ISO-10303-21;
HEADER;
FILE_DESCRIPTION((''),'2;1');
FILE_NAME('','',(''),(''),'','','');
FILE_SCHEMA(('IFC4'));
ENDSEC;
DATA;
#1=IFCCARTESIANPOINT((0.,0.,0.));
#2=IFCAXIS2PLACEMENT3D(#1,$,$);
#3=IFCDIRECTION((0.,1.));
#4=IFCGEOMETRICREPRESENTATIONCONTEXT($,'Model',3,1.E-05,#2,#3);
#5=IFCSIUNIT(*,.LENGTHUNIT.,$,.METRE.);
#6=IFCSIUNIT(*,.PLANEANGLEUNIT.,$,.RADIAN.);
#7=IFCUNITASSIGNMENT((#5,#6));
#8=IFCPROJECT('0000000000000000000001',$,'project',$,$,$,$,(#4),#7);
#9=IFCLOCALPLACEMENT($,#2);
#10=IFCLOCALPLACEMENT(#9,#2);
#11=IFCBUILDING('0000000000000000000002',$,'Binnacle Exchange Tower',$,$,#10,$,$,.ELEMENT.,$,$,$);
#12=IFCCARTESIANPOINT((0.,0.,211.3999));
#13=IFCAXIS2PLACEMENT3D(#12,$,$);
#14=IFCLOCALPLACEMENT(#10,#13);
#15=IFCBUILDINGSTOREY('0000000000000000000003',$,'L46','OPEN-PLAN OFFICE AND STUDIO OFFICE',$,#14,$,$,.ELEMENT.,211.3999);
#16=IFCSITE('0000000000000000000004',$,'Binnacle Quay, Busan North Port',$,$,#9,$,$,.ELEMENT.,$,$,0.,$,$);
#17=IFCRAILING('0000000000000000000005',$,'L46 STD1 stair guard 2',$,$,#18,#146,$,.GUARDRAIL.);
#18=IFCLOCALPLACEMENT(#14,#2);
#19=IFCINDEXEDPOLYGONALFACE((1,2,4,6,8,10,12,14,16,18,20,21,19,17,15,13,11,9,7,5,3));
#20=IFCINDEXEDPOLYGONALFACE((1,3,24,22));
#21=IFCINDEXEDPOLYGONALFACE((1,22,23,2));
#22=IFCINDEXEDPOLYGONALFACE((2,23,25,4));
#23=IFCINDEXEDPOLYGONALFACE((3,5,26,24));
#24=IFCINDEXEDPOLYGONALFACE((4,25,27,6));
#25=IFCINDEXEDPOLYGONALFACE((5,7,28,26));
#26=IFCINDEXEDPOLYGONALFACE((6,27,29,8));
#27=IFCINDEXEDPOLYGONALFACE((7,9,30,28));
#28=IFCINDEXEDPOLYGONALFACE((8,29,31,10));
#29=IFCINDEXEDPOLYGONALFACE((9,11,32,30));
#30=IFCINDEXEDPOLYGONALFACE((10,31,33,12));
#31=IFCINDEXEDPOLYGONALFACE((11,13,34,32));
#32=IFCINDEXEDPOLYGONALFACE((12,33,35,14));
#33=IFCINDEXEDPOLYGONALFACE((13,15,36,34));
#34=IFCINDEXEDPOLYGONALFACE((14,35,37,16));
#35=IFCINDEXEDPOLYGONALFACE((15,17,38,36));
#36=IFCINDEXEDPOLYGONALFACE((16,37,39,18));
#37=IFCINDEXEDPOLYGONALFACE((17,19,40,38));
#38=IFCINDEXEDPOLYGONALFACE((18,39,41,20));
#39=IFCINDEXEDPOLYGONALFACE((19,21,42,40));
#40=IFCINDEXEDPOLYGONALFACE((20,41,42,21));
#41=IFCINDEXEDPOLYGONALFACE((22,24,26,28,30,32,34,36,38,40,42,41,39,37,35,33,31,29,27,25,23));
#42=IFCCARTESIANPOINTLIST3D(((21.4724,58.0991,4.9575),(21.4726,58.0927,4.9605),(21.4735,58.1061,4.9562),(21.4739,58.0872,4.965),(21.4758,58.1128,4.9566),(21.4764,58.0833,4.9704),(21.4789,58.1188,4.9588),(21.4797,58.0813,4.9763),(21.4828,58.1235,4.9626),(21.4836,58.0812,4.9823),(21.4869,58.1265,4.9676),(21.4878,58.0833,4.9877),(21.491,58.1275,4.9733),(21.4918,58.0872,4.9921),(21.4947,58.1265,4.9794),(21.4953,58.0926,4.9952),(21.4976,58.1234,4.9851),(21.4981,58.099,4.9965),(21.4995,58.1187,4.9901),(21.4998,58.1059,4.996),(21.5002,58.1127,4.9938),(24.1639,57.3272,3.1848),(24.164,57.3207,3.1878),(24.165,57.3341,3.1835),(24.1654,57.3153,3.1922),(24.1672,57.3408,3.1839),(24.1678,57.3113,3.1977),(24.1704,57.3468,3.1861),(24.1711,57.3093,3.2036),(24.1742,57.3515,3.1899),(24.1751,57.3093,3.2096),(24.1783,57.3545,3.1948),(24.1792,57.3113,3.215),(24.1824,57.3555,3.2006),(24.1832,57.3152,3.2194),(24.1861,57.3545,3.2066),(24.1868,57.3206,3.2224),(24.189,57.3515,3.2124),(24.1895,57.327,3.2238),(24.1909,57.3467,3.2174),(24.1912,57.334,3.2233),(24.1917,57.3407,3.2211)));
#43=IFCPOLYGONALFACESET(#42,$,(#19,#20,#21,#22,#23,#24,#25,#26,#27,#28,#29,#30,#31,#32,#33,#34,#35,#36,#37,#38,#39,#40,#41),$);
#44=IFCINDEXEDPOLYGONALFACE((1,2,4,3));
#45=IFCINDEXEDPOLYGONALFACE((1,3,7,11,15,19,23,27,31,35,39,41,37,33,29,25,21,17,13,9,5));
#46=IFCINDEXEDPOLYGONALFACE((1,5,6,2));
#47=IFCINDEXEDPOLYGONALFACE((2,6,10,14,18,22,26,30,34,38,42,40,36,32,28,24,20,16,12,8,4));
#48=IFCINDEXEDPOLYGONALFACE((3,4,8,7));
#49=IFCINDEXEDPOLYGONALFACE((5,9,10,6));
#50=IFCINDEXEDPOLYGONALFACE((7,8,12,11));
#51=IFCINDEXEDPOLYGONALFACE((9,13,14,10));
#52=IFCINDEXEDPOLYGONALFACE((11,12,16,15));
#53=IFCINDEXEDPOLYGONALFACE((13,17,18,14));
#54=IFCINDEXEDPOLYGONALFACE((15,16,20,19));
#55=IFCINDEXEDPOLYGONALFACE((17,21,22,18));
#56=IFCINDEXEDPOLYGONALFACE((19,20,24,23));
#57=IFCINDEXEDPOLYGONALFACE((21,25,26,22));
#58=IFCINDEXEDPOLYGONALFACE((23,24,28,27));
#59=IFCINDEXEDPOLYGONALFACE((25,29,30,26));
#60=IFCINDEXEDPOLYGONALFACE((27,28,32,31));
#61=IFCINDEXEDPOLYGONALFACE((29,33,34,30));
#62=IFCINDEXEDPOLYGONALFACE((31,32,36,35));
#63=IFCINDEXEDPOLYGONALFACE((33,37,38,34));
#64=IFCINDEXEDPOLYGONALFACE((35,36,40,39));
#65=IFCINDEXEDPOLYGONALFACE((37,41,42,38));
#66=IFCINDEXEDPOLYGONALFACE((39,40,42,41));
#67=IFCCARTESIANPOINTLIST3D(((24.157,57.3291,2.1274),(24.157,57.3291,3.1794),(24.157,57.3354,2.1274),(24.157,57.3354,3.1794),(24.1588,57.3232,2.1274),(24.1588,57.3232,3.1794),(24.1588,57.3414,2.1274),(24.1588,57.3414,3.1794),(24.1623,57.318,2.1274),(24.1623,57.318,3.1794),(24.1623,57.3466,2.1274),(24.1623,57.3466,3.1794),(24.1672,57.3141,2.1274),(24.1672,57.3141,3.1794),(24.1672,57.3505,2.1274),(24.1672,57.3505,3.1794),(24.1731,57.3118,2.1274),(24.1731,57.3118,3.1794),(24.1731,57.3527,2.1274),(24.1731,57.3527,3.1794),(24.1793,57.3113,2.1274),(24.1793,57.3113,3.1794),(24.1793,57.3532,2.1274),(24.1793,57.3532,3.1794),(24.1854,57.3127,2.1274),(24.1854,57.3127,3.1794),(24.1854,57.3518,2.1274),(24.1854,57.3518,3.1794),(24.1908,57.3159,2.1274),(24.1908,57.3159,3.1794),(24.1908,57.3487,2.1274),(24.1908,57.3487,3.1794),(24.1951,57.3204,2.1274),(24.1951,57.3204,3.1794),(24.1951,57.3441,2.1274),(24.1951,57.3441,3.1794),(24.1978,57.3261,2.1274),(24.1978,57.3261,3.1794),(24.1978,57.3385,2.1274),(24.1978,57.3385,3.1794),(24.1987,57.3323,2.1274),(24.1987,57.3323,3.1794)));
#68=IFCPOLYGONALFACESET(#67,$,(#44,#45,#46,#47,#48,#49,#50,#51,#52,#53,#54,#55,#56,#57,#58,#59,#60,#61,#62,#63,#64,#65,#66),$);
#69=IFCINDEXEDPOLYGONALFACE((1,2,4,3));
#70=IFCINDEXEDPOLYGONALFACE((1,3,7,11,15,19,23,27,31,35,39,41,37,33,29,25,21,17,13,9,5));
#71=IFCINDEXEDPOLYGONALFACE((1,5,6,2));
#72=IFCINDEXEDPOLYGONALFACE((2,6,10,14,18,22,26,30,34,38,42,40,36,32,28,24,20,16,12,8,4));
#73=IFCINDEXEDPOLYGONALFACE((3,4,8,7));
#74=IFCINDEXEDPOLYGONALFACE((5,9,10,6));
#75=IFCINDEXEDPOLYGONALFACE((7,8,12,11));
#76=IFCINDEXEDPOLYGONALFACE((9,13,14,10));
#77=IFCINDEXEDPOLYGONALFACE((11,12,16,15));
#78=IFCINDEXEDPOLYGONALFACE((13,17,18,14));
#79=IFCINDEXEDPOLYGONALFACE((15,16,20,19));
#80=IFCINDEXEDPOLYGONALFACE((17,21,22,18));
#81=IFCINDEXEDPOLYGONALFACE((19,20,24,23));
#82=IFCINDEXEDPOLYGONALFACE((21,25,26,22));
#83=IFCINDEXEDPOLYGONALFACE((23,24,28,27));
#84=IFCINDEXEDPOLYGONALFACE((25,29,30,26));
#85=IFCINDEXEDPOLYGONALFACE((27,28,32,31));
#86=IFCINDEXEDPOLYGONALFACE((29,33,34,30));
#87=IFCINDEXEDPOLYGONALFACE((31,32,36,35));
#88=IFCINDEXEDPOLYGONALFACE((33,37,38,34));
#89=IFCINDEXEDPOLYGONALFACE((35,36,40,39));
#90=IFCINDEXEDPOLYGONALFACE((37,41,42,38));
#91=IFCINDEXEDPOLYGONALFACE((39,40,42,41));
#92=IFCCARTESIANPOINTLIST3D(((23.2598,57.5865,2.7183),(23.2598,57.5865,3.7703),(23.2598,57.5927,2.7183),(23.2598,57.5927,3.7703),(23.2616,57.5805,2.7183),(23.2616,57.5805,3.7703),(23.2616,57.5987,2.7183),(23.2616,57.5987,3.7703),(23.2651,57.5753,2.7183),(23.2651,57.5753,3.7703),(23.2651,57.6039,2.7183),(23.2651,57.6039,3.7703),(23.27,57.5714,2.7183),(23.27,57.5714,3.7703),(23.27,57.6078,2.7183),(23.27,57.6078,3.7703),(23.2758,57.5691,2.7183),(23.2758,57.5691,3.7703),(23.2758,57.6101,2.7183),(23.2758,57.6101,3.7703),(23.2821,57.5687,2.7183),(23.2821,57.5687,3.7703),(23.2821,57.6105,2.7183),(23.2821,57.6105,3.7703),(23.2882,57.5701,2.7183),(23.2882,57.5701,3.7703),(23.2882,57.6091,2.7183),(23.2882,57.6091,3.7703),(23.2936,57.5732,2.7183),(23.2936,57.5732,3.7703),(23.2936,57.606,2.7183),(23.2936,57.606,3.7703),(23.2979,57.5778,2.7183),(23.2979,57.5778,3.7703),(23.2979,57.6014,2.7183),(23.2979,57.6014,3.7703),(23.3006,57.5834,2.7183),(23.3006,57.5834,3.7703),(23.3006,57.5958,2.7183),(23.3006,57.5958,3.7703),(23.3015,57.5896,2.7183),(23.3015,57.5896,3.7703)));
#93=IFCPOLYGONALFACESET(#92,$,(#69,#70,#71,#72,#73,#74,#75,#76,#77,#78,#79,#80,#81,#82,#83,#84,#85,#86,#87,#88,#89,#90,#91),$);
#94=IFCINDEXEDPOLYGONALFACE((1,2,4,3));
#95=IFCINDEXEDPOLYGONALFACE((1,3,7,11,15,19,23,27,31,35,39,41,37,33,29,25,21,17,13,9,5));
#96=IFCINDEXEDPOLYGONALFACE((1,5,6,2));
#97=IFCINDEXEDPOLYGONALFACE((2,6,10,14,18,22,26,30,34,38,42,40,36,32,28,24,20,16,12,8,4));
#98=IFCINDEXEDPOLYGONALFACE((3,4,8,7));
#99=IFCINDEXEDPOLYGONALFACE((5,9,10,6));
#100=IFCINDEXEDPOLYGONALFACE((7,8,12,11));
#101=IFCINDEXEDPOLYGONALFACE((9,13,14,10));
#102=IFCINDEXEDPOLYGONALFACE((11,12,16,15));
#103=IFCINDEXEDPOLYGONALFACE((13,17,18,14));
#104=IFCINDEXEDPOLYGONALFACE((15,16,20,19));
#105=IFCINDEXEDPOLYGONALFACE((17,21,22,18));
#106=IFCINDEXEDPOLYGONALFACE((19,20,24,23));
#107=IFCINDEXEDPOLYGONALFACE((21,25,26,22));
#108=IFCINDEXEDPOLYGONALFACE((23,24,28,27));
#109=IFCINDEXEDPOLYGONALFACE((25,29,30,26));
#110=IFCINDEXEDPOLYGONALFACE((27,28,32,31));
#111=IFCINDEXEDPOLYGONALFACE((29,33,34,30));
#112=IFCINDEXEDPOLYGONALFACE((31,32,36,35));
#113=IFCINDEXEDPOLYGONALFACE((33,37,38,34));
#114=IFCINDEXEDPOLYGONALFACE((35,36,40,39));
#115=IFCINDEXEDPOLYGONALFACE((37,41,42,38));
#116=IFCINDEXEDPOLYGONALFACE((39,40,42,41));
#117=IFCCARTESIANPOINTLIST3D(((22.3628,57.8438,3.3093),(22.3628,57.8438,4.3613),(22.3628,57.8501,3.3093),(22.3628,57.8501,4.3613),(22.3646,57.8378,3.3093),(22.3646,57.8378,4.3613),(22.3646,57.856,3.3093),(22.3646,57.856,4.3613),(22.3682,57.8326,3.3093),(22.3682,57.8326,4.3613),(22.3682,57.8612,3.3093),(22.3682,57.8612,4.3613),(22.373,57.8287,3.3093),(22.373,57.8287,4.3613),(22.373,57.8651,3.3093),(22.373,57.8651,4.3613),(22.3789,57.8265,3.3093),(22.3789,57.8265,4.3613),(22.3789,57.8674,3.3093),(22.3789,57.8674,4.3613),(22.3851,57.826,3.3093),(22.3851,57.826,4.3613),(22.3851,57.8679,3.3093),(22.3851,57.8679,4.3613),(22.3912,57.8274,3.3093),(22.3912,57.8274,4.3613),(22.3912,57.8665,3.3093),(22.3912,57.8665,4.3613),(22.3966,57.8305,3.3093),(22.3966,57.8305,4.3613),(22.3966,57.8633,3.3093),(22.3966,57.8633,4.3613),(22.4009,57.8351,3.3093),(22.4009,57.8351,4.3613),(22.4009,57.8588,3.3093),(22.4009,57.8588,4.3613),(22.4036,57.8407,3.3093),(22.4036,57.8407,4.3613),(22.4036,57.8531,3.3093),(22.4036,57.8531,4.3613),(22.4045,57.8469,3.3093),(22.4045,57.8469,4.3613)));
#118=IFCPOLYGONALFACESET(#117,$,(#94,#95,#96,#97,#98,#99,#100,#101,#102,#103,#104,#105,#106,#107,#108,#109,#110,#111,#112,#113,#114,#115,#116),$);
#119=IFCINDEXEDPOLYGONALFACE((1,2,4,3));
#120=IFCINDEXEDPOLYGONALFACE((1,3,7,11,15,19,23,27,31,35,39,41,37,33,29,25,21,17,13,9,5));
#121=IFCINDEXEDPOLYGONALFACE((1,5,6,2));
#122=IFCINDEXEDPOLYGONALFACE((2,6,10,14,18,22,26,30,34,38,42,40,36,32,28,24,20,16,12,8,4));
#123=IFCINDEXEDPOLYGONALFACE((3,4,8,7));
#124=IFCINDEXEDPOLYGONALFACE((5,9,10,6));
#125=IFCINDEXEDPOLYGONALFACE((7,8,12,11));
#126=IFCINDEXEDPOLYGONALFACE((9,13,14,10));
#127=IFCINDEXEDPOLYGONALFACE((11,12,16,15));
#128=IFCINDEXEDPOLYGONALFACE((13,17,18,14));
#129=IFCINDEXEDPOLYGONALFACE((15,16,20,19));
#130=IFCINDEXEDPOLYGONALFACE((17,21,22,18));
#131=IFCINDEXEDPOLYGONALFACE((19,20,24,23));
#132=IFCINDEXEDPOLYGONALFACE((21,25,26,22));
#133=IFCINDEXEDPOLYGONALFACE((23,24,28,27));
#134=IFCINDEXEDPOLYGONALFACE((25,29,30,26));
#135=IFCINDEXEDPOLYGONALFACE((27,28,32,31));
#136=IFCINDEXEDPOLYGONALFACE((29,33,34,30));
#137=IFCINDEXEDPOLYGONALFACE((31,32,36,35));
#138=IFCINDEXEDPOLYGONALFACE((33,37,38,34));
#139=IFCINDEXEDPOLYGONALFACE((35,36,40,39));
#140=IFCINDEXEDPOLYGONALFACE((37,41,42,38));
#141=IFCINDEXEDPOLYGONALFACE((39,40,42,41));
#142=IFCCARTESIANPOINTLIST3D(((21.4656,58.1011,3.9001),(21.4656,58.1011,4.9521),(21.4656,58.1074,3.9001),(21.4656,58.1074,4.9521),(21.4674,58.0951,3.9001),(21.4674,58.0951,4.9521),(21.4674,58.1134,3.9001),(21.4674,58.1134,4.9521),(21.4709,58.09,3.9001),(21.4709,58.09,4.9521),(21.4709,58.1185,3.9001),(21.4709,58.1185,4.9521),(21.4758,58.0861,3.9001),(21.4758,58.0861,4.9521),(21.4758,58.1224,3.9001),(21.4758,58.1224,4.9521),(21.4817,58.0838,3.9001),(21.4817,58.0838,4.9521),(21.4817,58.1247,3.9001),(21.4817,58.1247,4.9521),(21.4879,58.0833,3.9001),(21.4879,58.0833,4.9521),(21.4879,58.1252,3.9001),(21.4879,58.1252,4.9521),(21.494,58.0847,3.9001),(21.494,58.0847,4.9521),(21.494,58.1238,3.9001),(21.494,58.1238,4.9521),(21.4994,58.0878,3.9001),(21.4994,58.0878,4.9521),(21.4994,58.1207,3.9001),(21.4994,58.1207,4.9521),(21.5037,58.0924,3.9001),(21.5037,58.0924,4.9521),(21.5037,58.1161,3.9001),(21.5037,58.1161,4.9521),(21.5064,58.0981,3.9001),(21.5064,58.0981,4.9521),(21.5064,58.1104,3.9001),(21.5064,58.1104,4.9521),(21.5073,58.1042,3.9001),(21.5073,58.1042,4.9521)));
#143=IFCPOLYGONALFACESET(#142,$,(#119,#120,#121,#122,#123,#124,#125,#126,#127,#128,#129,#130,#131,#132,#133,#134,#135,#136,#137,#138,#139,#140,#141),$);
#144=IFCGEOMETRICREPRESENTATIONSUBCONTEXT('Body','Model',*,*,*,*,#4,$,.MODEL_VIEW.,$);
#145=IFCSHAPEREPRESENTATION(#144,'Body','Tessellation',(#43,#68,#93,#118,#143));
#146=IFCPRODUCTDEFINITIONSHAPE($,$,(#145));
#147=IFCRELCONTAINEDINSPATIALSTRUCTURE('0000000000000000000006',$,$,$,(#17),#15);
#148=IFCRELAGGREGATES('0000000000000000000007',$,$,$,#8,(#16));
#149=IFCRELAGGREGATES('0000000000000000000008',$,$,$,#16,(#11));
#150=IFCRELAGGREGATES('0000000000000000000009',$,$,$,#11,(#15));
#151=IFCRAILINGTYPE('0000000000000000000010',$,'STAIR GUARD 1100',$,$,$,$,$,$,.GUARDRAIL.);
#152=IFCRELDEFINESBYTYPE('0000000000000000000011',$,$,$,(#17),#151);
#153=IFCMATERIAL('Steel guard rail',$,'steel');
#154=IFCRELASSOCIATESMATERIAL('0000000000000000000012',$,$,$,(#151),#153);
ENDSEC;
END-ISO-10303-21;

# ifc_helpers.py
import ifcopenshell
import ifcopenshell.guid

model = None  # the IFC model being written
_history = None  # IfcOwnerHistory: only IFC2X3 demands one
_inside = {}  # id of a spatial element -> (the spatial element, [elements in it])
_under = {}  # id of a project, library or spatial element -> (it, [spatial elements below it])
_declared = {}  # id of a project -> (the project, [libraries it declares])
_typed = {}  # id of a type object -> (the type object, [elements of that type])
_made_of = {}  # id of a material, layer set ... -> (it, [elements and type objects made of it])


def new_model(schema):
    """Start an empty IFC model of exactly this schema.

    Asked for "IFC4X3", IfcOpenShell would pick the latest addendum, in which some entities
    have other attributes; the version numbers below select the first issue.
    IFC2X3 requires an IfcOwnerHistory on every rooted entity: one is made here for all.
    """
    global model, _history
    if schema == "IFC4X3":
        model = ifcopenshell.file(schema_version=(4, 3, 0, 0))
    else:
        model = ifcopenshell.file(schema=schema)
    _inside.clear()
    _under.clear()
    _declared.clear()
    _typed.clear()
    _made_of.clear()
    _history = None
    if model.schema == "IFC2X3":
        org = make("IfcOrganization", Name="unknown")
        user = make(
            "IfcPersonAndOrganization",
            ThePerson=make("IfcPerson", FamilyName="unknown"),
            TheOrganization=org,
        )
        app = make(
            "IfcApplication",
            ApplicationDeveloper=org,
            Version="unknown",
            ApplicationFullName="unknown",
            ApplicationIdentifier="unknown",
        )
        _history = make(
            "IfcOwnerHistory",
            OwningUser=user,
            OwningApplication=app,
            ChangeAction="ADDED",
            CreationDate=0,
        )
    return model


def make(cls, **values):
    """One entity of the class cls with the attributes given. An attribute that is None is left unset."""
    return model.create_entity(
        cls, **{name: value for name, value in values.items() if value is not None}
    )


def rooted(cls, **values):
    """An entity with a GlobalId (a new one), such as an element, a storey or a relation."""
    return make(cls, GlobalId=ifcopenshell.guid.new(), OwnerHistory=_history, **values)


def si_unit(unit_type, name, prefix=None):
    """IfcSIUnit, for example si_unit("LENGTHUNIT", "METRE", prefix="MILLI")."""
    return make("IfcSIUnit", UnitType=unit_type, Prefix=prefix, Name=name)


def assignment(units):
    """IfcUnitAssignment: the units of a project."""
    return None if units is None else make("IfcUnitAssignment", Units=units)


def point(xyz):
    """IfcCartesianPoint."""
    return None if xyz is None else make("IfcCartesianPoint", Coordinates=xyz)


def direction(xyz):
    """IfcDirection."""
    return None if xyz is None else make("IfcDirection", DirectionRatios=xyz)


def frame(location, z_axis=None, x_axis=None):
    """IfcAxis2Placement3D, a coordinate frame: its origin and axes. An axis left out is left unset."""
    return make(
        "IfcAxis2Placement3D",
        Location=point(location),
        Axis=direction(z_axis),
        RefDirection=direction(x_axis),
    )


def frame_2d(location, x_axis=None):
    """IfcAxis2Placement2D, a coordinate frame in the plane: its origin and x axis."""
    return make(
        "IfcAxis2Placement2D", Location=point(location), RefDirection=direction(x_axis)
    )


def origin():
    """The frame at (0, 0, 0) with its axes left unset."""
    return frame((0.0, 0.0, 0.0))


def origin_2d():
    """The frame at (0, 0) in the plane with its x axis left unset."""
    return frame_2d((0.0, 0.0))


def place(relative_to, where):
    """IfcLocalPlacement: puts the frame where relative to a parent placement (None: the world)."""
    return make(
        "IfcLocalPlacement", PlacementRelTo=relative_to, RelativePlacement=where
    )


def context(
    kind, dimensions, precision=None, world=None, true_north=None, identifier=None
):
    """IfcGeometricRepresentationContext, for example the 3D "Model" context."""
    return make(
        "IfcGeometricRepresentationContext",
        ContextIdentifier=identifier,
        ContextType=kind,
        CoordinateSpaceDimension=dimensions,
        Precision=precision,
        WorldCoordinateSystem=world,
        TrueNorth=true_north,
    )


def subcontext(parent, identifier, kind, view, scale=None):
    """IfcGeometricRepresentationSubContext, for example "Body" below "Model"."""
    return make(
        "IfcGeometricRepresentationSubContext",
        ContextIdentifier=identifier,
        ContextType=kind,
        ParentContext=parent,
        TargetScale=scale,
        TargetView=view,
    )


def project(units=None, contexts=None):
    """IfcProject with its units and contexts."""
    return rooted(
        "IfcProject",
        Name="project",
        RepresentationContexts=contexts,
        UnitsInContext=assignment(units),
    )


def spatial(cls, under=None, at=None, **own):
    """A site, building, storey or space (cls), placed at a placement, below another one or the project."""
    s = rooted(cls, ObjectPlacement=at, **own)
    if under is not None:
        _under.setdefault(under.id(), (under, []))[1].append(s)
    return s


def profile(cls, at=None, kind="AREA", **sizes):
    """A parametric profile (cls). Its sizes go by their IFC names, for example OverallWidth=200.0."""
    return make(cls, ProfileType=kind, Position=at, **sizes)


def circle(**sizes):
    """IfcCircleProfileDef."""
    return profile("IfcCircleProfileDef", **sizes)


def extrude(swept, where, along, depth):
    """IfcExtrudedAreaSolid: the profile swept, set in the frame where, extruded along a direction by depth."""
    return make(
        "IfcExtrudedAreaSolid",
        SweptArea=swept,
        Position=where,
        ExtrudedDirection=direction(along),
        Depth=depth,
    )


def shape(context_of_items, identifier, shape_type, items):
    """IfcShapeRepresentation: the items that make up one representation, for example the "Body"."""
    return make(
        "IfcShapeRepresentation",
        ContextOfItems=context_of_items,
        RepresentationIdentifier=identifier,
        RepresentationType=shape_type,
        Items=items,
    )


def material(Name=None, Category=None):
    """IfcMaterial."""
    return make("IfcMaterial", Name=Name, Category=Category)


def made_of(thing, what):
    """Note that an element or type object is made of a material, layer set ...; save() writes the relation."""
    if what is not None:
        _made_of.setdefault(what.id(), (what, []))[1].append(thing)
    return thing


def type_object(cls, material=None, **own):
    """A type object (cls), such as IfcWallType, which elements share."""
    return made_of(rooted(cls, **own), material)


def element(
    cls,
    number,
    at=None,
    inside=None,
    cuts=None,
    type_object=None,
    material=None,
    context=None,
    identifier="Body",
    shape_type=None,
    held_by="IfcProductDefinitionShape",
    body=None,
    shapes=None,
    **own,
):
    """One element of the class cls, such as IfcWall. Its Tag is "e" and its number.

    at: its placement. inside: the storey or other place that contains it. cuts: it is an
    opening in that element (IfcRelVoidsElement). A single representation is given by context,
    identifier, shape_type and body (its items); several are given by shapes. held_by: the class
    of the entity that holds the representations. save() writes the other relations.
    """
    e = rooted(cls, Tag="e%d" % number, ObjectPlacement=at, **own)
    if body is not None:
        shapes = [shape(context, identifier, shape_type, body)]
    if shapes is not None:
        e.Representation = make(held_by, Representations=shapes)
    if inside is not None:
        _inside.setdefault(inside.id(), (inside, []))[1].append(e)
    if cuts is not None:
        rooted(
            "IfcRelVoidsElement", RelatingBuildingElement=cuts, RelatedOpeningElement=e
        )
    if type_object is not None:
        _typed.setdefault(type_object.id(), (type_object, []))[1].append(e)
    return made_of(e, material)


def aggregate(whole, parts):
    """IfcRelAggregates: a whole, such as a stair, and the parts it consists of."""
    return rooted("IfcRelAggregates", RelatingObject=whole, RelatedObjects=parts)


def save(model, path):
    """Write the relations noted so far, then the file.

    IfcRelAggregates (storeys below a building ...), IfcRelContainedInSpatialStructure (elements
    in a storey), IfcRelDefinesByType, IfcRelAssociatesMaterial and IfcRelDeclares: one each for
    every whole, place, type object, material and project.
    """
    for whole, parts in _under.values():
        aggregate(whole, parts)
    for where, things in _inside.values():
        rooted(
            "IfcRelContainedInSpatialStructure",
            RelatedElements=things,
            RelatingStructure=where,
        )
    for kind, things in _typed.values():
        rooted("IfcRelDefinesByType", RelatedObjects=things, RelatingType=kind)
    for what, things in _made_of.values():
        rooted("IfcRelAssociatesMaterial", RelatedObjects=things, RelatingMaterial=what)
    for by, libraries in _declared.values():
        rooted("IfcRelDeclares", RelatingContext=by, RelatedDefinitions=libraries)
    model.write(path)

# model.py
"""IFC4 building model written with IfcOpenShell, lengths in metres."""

from ifc_helpers import new_model, si_unit, direction, frame, origin, origin_2d, place, context, subcontext, project, spatial, circle, extrude, material, type_object, element, save


model = new_model("IFC4")

# Units and contexts
model_context = context("Model", 3, precision=1e-05, world=origin(), true_north=direction((0.0, 1.0)))
body_context = subcontext(model_context, "Body", "Model", "MODEL_VIEW")
ifc_project = project(units=[si_unit("LENGTHUNIT", "METRE"), si_unit("PLANEANGLEUNIT", "RADIAN")], contexts=[model_context])

# Site, building, storey
site_placement = place(None, origin())
site = spatial("IfcSite", under=ifc_project, at=site_placement, Name="Binnacle Quay, Busan North Port", CompositionType="ELEMENT", RefElevation=0.0)
building_placement = place(site_placement, origin())
building = spatial("IfcBuilding", under=site, at=building_placement, Name="Binnacle Exchange Tower", CompositionType="ELEMENT")
storey_placement = place(building_placement, frame((0.0, 0.0, 211.3999)))
storey = spatial("IfcBuildingStorey", under=building, at=storey_placement, Name="L46", Description="OPEN-PLAN OFFICE AND STUDIO OFFICE", CompositionType="ELEMENT", Elevation=211.3999)

# Railing
ifc_material_1 = material(Name="Steel guard rail", Category="steel")
railing_type_1 = type_object("IfcRailingType", Name="STAIR GUARD 1100", PredefinedType="GUARDRAIL", material=ifc_material_1)
railing_1_placement = place(storey_placement, frame((24.1777, 57.3323, 2.1274)))
element("IfcRailing", 1, at=railing_1_placement, inside=storey, type_object=railing_type_1, Name="L46 STD1 stair guard 2", PredefinedType="GUARDRAIL", context=body_context, shape_type="SweptSolid", body=[
    extrude(circle(Radius=0.0239, at=origin_2d()), frame((0.0, 0.0, 1.0762), z_axis=(-0.812151, 0.232948, 0.534926), x_axis=(-0.275711, -0.96124, 0.0)), (0.0, 0.0, 1.0), 3.314),
    extrude(circle(Radius=0.021, at=origin_2d()), origin(), (0.0, 0.0, 1.0), 1.052),
    extrude(circle(Radius=0.021, at=origin_2d()), frame((-0.8972, 0.2573, 0.5908)), (0.0, 0.0, 1.0), 1.052),
    extrude(circle(Radius=0.021, at=origin_2d()), frame((-1.7942, 0.5146, 1.1819)), (0.0, 0.0, 1.0), 1.052),
    extrude(circle(Radius=0.021, at=origin_2d()), frame((-2.6914, 0.772, 1.7727)), (0.0, 0.0, 1.0), 1.052),
])

save(model, "model.ifc")
